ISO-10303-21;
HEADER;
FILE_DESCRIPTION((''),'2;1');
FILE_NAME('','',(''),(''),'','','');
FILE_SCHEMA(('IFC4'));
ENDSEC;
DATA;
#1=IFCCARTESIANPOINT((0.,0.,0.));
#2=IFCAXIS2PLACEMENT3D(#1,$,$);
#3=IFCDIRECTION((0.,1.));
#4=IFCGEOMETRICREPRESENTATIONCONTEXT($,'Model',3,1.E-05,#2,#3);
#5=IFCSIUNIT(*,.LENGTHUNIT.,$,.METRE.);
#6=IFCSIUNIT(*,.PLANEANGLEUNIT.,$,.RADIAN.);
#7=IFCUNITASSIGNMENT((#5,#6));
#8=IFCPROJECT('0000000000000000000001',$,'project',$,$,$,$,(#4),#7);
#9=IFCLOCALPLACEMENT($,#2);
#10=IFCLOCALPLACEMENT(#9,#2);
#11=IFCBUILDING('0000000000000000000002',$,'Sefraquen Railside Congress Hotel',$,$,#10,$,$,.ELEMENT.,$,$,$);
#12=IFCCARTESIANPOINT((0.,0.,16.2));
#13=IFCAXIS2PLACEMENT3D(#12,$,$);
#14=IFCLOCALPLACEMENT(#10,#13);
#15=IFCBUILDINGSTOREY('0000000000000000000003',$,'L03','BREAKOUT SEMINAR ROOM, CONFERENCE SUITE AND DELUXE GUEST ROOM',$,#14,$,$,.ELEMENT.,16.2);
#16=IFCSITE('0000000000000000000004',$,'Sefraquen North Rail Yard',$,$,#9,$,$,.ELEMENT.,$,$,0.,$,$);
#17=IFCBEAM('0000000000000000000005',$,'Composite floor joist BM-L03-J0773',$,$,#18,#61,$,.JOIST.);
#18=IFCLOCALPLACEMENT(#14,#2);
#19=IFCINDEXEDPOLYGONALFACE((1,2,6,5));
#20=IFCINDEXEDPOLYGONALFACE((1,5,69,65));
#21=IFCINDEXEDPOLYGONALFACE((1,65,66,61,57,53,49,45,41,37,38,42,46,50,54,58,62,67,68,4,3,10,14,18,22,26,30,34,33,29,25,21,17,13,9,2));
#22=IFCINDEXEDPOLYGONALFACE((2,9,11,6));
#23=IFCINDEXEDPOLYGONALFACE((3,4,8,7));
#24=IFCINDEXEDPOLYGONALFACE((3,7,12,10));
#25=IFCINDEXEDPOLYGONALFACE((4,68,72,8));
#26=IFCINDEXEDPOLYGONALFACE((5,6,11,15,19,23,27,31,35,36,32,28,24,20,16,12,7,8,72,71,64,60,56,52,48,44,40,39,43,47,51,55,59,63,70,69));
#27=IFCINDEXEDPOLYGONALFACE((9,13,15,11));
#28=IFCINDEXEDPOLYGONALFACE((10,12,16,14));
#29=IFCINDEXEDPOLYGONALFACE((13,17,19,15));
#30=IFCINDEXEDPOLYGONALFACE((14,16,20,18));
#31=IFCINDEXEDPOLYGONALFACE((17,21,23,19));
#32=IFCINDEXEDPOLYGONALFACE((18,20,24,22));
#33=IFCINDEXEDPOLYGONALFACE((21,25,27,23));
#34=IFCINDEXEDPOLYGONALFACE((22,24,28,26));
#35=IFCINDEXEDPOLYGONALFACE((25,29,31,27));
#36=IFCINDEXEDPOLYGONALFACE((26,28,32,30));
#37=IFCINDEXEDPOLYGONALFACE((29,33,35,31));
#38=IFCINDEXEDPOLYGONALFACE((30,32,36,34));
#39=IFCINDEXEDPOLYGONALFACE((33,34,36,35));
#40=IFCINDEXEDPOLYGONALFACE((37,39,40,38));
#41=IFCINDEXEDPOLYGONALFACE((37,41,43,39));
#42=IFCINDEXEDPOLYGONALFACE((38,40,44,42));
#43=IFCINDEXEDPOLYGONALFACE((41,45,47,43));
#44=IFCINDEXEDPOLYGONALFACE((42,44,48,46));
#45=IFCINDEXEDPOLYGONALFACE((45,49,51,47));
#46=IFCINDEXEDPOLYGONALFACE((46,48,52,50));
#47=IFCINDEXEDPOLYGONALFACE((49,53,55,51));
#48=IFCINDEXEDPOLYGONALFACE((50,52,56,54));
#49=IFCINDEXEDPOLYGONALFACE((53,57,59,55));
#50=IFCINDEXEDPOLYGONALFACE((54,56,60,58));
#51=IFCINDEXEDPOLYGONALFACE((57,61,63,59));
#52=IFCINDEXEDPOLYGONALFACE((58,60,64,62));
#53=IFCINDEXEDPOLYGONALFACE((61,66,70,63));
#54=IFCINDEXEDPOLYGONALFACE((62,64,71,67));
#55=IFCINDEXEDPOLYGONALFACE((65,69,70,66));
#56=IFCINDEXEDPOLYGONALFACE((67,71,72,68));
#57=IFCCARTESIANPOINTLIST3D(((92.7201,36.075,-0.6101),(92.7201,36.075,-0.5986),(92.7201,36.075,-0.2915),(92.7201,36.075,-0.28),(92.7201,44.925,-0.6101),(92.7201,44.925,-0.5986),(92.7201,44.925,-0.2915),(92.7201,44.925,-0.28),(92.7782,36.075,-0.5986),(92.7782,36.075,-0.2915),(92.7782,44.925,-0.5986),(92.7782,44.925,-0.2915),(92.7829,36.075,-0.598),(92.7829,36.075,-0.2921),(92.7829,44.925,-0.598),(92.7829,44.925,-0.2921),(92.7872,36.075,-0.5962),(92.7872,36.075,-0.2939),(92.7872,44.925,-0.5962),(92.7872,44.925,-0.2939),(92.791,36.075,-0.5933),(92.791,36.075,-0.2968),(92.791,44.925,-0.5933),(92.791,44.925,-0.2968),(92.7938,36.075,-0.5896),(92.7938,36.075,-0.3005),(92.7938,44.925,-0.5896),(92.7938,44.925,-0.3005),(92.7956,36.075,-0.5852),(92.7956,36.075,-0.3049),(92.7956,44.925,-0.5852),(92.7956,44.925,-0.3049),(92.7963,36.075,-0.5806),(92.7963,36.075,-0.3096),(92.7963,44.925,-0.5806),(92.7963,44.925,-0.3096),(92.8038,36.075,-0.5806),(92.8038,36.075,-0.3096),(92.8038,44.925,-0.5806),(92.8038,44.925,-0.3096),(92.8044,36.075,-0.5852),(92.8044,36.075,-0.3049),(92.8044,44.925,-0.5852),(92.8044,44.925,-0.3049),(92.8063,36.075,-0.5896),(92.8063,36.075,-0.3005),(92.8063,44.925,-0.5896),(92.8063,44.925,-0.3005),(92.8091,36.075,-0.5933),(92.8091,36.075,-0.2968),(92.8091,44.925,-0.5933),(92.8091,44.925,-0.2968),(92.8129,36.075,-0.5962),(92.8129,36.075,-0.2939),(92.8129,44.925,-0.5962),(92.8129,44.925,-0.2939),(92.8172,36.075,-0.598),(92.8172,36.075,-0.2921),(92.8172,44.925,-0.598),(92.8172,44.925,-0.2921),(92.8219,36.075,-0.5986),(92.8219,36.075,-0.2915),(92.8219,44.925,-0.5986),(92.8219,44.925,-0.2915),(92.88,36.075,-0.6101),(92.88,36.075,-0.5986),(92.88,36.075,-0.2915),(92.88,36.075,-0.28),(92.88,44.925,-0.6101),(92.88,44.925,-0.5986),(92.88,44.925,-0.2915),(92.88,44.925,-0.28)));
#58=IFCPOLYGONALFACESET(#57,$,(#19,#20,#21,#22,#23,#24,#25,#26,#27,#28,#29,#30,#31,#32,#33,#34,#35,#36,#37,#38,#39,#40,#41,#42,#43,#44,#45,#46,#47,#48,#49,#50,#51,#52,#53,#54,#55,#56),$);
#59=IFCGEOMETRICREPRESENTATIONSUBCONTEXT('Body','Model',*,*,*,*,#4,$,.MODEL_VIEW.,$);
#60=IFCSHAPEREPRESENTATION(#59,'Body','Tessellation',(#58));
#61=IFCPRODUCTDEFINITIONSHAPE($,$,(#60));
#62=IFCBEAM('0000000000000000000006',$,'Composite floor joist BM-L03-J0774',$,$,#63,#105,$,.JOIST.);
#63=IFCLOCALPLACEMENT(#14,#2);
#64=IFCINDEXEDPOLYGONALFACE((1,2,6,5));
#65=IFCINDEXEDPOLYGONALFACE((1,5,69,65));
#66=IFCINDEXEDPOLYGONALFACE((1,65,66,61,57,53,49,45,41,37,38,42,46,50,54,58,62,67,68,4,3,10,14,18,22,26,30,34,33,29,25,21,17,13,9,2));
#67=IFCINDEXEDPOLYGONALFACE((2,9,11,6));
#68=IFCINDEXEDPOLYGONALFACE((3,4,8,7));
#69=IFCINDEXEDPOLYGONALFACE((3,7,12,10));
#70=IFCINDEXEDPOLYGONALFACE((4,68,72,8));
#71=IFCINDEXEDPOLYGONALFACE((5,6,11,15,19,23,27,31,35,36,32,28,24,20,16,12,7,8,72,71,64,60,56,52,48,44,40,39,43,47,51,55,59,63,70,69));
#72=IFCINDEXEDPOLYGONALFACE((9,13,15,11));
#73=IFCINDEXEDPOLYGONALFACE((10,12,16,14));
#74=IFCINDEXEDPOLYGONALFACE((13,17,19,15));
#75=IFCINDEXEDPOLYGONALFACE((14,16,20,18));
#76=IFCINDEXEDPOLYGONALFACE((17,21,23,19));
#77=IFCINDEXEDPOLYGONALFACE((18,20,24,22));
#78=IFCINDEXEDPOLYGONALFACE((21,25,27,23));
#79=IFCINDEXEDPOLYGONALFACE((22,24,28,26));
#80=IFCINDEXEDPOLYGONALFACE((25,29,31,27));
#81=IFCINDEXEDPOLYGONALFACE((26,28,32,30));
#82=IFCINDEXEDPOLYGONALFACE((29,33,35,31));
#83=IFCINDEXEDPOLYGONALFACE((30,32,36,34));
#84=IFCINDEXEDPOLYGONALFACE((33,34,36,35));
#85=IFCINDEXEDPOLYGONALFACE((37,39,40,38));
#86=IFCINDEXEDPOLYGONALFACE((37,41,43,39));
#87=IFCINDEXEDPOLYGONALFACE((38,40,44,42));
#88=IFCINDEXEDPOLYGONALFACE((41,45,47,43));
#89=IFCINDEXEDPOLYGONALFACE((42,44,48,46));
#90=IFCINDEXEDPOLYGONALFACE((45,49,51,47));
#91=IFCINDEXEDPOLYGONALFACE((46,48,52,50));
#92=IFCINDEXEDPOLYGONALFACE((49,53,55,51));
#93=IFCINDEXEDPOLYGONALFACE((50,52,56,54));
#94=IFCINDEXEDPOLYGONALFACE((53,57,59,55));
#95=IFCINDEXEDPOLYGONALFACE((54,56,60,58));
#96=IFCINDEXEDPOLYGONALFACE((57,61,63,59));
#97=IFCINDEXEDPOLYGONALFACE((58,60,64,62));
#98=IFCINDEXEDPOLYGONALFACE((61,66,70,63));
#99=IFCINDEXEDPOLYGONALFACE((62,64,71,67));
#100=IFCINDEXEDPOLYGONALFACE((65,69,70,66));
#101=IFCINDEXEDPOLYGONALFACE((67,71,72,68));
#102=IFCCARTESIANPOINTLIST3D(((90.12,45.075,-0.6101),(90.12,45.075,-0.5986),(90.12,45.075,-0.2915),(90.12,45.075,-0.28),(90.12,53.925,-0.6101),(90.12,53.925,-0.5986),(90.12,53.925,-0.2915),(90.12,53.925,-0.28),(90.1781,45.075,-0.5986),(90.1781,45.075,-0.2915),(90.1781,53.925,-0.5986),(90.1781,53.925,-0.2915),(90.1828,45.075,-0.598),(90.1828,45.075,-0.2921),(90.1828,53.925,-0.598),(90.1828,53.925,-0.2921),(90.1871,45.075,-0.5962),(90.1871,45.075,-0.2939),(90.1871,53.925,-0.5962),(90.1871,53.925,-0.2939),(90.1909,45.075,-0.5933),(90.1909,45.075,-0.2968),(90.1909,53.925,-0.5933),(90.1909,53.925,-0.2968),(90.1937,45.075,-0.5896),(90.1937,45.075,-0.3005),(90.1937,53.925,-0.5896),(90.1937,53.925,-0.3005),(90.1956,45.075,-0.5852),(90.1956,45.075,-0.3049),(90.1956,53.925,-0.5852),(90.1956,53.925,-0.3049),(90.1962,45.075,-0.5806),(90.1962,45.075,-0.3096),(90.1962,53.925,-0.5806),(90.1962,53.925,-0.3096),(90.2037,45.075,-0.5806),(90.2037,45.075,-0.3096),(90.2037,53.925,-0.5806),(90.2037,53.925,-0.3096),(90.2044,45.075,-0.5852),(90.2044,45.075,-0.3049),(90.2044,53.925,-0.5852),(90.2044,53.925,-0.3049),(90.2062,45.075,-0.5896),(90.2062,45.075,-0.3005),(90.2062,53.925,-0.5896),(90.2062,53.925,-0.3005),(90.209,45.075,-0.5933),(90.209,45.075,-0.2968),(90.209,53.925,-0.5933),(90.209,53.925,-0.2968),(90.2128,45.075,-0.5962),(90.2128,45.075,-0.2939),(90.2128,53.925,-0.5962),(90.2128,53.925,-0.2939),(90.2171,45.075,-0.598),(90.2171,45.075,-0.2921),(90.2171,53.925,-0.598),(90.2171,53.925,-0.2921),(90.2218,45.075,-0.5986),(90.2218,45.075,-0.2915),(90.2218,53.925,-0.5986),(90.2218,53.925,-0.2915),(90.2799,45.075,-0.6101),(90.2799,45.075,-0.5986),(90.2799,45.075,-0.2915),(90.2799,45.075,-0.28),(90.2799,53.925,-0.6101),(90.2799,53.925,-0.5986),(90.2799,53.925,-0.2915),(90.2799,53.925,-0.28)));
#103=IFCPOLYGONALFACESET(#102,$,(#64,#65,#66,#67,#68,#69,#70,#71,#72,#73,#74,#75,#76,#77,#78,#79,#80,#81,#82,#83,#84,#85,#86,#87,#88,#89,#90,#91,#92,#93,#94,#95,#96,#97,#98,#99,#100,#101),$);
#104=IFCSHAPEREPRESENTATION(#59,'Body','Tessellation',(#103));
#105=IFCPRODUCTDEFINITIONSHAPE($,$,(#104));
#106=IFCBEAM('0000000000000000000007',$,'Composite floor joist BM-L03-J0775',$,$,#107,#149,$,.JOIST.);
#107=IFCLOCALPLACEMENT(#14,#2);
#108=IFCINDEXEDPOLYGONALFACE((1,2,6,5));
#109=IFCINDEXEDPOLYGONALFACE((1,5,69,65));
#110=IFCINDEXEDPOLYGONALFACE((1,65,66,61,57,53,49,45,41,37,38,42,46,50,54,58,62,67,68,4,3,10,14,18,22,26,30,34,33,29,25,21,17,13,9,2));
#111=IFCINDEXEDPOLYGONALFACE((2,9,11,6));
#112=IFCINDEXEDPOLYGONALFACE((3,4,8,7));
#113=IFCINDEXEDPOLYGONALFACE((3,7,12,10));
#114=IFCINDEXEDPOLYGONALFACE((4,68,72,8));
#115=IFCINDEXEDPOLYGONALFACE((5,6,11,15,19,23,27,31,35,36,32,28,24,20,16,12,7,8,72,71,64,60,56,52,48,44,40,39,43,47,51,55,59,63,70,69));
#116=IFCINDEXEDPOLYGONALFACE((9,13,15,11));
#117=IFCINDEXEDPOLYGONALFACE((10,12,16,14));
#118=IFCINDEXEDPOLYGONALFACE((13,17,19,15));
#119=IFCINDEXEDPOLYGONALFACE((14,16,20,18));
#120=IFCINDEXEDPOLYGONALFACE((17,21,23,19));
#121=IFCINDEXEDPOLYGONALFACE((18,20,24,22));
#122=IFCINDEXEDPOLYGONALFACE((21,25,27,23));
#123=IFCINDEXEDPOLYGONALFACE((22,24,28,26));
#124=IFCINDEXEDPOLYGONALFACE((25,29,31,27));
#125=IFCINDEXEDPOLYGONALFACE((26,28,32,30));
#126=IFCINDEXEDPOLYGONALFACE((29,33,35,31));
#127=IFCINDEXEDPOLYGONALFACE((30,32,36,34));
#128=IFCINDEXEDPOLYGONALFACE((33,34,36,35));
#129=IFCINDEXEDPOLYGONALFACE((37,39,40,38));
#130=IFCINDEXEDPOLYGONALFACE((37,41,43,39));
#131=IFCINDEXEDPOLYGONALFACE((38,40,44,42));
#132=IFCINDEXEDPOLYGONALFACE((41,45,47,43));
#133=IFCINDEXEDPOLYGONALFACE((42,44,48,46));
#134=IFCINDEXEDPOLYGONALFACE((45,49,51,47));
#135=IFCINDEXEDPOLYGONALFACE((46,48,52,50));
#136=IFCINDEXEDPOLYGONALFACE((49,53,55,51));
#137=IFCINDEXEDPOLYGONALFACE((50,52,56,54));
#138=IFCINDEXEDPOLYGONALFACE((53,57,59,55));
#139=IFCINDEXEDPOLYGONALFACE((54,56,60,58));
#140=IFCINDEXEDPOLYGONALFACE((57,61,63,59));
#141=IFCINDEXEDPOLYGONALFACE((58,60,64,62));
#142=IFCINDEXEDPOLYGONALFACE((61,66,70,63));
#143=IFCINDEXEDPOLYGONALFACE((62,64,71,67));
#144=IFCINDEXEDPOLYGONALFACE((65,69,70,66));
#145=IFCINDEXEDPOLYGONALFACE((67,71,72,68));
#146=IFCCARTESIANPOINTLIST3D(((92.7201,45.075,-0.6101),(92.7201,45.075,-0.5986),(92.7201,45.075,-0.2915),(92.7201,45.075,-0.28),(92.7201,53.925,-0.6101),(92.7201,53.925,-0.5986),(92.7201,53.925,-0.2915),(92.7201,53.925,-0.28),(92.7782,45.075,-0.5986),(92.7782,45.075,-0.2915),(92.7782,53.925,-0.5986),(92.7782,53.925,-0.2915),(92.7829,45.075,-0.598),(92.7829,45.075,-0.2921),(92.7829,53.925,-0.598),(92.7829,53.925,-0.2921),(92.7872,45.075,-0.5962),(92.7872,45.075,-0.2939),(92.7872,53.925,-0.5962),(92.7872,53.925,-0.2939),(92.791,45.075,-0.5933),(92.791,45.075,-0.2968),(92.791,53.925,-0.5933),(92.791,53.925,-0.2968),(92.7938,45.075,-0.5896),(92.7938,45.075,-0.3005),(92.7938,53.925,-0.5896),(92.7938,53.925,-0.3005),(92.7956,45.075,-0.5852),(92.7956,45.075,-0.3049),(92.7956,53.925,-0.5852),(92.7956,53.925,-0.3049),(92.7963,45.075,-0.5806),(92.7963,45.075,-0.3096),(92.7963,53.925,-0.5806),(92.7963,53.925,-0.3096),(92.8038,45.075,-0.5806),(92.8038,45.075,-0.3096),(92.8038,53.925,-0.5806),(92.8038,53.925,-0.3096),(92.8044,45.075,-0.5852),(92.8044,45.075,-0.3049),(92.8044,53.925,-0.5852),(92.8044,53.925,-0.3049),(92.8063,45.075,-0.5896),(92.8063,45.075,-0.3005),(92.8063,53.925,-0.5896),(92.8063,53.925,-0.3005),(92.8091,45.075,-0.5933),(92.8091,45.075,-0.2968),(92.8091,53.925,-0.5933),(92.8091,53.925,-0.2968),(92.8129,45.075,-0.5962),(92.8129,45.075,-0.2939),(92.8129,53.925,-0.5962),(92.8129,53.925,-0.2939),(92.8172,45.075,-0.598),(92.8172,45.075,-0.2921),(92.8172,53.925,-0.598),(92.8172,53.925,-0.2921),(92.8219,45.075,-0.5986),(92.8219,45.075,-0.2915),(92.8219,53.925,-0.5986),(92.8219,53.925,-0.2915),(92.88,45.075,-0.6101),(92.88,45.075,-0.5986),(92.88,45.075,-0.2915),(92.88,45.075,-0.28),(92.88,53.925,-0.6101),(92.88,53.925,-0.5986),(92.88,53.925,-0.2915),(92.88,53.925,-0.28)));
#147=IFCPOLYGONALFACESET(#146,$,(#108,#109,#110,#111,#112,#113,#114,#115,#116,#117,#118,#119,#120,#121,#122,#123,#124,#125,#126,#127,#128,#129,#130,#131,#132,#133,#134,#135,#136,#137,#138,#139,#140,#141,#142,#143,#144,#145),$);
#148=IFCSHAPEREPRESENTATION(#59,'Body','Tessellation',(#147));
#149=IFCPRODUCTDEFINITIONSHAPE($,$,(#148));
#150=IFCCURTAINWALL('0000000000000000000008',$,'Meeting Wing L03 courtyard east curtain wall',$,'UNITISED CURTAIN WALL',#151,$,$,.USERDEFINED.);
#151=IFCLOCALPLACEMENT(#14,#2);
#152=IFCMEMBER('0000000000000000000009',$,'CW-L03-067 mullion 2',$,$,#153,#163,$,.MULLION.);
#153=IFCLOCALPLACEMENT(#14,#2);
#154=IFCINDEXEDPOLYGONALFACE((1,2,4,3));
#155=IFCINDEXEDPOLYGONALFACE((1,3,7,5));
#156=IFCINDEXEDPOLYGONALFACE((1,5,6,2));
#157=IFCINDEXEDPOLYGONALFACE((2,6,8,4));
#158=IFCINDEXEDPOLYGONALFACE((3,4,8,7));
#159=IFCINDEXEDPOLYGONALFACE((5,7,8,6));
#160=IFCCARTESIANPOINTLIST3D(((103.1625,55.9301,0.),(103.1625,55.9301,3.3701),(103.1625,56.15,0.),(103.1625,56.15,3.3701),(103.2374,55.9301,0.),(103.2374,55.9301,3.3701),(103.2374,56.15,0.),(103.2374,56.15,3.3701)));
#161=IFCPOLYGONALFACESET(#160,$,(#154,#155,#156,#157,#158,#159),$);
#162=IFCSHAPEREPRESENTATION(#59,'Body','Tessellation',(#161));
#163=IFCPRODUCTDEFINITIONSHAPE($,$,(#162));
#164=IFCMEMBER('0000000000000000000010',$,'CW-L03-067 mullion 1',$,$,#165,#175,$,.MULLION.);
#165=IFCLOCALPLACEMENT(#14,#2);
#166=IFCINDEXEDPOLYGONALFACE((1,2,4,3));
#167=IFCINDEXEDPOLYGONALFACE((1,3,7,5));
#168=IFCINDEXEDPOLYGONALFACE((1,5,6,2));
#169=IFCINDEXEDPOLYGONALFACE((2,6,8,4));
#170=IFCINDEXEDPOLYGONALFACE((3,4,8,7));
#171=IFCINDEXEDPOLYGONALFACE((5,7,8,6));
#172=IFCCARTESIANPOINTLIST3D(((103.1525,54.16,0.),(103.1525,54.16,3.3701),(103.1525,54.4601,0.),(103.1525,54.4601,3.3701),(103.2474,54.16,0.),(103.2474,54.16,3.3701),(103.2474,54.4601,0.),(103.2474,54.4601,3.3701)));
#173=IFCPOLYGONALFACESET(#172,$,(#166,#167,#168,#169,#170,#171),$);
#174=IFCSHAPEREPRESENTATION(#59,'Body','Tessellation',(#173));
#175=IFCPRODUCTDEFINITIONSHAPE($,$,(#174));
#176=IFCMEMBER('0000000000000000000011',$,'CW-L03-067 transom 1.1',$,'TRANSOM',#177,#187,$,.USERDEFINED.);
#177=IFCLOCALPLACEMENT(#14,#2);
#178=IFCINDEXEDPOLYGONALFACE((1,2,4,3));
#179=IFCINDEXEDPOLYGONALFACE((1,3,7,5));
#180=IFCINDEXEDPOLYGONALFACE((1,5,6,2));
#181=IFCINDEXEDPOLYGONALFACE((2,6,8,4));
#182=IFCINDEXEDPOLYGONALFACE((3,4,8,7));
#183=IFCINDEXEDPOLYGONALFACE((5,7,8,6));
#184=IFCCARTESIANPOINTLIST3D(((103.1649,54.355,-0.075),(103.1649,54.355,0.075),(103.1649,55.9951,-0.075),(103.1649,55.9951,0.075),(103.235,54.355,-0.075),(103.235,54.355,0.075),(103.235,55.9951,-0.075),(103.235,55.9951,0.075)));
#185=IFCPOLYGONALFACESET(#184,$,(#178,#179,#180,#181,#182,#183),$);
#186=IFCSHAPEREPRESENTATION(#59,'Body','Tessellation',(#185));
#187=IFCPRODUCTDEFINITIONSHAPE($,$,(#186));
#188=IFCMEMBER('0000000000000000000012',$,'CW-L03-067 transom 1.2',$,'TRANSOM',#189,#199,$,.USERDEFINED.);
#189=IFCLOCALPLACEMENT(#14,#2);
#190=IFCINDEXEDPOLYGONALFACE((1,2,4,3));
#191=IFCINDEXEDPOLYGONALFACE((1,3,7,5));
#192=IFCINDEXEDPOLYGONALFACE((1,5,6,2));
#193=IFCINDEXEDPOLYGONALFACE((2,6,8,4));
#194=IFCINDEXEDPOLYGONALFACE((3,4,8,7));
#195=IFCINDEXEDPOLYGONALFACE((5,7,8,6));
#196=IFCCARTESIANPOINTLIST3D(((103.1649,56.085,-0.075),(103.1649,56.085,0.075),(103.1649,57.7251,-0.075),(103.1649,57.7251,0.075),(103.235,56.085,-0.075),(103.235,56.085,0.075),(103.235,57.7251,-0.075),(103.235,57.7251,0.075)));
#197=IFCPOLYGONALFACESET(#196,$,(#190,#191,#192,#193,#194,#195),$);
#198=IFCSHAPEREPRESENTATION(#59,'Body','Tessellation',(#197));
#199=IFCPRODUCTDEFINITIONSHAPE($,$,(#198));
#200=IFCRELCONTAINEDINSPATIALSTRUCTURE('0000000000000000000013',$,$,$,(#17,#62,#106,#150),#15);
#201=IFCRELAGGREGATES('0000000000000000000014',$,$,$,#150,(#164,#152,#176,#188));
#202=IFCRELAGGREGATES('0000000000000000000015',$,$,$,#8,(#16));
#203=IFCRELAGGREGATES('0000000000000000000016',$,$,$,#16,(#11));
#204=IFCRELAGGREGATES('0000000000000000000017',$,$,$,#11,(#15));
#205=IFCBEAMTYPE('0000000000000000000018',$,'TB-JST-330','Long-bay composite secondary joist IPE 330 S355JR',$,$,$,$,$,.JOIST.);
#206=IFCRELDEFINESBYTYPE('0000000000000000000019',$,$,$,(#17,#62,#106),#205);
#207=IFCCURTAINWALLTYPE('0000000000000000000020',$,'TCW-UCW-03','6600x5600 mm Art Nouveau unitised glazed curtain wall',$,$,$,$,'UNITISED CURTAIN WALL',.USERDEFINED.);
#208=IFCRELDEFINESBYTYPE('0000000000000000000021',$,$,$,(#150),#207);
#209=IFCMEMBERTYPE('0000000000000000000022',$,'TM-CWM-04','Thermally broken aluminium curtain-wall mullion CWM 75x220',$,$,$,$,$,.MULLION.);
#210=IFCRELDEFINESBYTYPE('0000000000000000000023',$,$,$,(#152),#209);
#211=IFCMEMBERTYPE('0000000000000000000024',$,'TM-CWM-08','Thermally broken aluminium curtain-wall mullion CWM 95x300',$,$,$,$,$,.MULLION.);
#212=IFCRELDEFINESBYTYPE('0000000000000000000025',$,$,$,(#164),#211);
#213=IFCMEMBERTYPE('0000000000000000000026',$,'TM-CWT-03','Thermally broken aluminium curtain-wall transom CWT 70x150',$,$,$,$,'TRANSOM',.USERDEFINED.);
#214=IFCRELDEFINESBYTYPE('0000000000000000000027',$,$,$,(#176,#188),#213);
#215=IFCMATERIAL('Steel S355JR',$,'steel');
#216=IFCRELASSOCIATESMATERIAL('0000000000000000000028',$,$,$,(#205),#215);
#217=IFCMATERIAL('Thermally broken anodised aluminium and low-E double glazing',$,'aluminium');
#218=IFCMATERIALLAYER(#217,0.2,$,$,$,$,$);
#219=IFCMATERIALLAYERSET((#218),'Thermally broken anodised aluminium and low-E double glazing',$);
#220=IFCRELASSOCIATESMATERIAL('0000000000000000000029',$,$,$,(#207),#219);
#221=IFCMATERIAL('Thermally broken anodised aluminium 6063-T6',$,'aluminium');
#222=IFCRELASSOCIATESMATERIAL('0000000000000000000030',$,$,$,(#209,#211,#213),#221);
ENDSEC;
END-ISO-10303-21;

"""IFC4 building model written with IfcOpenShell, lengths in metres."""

from ifc_helpers import new_model, si_unit, direction, frame, origin, origin_2d, place, context, subcontext, project, spatial, rectangle, i_section, extrude, material, layer, layer_set, material_profile, profile_set, type_object, element, aggregate, save


model = new_model("IFC4")

# Units and contexts
model_context = context("Model", 3, precision=1e-05, world=origin(), true_north=direction((0.0, 1.0)))
body_context = subcontext(model_context, "Body", "Model", "MODEL_VIEW")
ifc_project = project(units=[si_unit("LENGTHUNIT", "METRE"), si_unit("PLANEANGLEUNIT", "RADIAN")], contexts=[model_context])

# Site, building, storey
site_placement = place(None, origin())
site = spatial("IfcSite", under=ifc_project, at=site_placement, Name="Sefraquen North Rail Yard", CompositionType="ELEMENT", RefElevation=0.0)
building_placement = place(site_placement, origin())
building = spatial("IfcBuilding", under=site, at=building_placement, Name="Sefraquen Railside Congress Hotel", CompositionType="ELEMENT")
storey_placement = place(building_placement, frame((0.0, 0.0, 16.2)))
storey = spatial("IfcBuildingStorey", under=building, at=storey_placement, Name="L03", Description="BREAKOUT SEMINAR ROOM, CONFERENCE SUITE AND DELUXE GUEST ROOM", CompositionType="ELEMENT", Elevation=16.2)

# Shared definitions
ifc_material_1 = material(Name="Steel S355JR", Category="steel")

# Beams
ifc_material_profile_1 = material_profile(ifc_material_1, i_section(OverallWidth=0.1599, OverallDepth=0.3301, WebThickness=0.0076, FlangeThickness=0.0115, FilletRadius=0.0181, at=origin_2d()), Name="IPE 330")
ifc_profile_set_1 = profile_set([ifc_material_profile_1], Name="Steel S355JR")
beam_type_1 = type_object("IfcBeamType", Name="TB-JST-330", Description="Long-bay composite secondary joist IPE 330 S355JR", PredefinedType="JOIST", material=ifc_profile_set_1)
for number, where, z_axis, x_axis, name in (
    (1, (92.8, 36.075, -0.4451), (0.0, 1.0, 0.0), (-1.0, 0.0, 0.0), "Composite floor joist BM-L03-J0773"),
    (2, (90.2, 45.075, -0.4451), (0.0, 1.0, 0.0), (-1.0, 0.0, 0.0), "Composite floor joist BM-L03-J0774"),
    (3, (92.8, 45.075, -0.4451), (0.0, 1.0, 0.0), (-1.0, 0.0, 0.0), "Composite floor joist BM-L03-J0775"),
):
    element("IfcBeam", number, at=place(storey_placement, frame(where, z_axis=z_axis, x_axis=x_axis)), inside=storey, type_object=beam_type_1, Name=name, PredefinedType="JOIST", context=body_context, shape_type="SweptSolid", body=[
        extrude(i_section(OverallWidth=0.1599, OverallDepth=0.3301, WebThickness=0.0076, FlangeThickness=0.0115, FilletRadius=0.0181, at=origin_2d()), origin(), (0.0, 0.0, 1.0), 8.8501),
    ])

# Curtain wall, members
ifc_material_2 = material(Name="Thermally broken anodised aluminium and low-E double glazing", Category="aluminium")
ifc_layer_1 = layer(ifc_material_2, 0.2)
ifc_layer_set_1 = layer_set([ifc_layer_1], Name="Thermally broken anodised aluminium and low-E double glazing")
curtain_wall_type = type_object("IfcCurtainWallType", Name="TCW-UCW-03", Description="6600x5600 mm Art Nouveau unitised glazed curtain wall", ElementType="UNITISED CURTAIN WALL", PredefinedType="USERDEFINED", material=ifc_layer_set_1)
curtain_wall_placement = place(storey_placement, origin())
curtain_wall = element("IfcCurtainWall", 4, at=curtain_wall_placement, inside=storey, type_object=curtain_wall_type, Name="Meeting Wing L03 courtyard east curtain wall", ObjectType="UNITISED CURTAIN WALL", PredefinedType="USERDEFINED")
ifc_material_3 = material(Name="Thermally broken anodised aluminium 6063-T6", Category="aluminium")
ifc_material_profile_2 = material_profile(ifc_material_3, rectangle(XDim=0.075, YDim=0.22, at=origin_2d()), Name="CWM 75x220")
ifc_profile_set_2 = profile_set([ifc_material_profile_2], Name="Thermally broken anodised aluminium 6063-T6")
member_type_1 = type_object("IfcMemberType", Name="TM-CWM-04", Description="Thermally broken aluminium curtain-wall mullion CWM 75x220", PredefinedType="MULLION", material=ifc_profile_set_2)
member_1_placement = place(storey_placement, frame((103.2, 56.04, 0.0), z_axis=(0.0, 0.0, 1.0), x_axis=(1.0, 0.0, 0.0)))
member_1 = element("IfcMember", 5, at=member_1_placement, type_object=member_type_1, Name="CW-L03-067 mullion 2", PredefinedType="MULLION", context=body_context, shape_type="SweptSolid", body=[
    extrude(rectangle(XDim=0.075, YDim=0.22, at=origin_2d()), origin(), (0.0, 0.0, 1.0), 3.3701),
])
ifc_material_profile_3 = material_profile(ifc_material_3, rectangle(XDim=0.095, YDim=0.3, at=origin_2d()), Name="CWM 95x300")
ifc_profile_set_3 = profile_set([ifc_material_profile_3], Name="Thermally broken anodised aluminium 6063-T6")
member_type_2 = type_object("IfcMemberType", Name="TM-CWM-08", Description="Thermally broken aluminium curtain-wall mullion CWM 95x300", PredefinedType="MULLION", material=ifc_profile_set_3)
member_2_placement = place(storey_placement, frame((103.2, 54.3101, 0.0), z_axis=(0.0, 0.0, 1.0), x_axis=(1.0, 0.0, 0.0)))
member_2 = element("IfcMember", 6, at=member_2_placement, type_object=member_type_2, Name="CW-L03-067 mullion 1", PredefinedType="MULLION", context=body_context, shape_type="SweptSolid", body=[
    extrude(rectangle(XDim=0.095, YDim=0.3, at=origin_2d()), origin(), (0.0, 0.0, 1.0), 3.3701),
])
ifc_material_profile_4 = material_profile(ifc_material_3, rectangle(XDim=0.0701, YDim=0.1499, at=origin_2d()), Name="CWT 70x150")
ifc_profile_set_4 = profile_set([ifc_material_profile_4], Name="Thermally broken anodised aluminium 6063-T6")
member_type_3 = type_object("IfcMemberType", Name="TM-CWT-03", Description="Thermally broken aluminium curtain-wall transom CWT 70x150", ElementType="TRANSOM", PredefinedType="USERDEFINED", material=ifc_profile_set_4)
member_3_placement = place(storey_placement, frame((103.2, 54.355, 0.0), z_axis=(0.0, 1.0, 0.0), x_axis=(-1.0, 0.0, 0.0)))
member_3 = element("IfcMember", 7, at=member_3_placement, type_object=member_type_3, Name="CW-L03-067 transom 1.1", ObjectType="TRANSOM", PredefinedType="USERDEFINED", context=body_context, shape_type="SweptSolid", body=[
    extrude(rectangle(XDim=0.0701, YDim=0.1499, at=origin_2d()), origin(), (0.0, 0.0, 1.0), 1.6401),
])
member_4_placement = place(storey_placement, frame((103.2, 56.085, 0.0), z_axis=(0.0, 1.0, 0.0), x_axis=(-1.0, 0.0, 0.0)))
member_4 = element("IfcMember", 8, at=member_4_placement, type_object=member_type_3, Name="CW-L03-067 transom 1.2", ObjectType="TRANSOM", PredefinedType="USERDEFINED", context=body_context, shape_type="SweptSolid", body=[
    extrude(rectangle(XDim=0.0701, YDim=0.1499, at=origin_2d()), origin(), (0.0, 0.0, 1.0), 1.6401),
])
aggregate(curtain_wall, [member_2, member_1, member_3, member_4])

save(model, "model.ifc")
